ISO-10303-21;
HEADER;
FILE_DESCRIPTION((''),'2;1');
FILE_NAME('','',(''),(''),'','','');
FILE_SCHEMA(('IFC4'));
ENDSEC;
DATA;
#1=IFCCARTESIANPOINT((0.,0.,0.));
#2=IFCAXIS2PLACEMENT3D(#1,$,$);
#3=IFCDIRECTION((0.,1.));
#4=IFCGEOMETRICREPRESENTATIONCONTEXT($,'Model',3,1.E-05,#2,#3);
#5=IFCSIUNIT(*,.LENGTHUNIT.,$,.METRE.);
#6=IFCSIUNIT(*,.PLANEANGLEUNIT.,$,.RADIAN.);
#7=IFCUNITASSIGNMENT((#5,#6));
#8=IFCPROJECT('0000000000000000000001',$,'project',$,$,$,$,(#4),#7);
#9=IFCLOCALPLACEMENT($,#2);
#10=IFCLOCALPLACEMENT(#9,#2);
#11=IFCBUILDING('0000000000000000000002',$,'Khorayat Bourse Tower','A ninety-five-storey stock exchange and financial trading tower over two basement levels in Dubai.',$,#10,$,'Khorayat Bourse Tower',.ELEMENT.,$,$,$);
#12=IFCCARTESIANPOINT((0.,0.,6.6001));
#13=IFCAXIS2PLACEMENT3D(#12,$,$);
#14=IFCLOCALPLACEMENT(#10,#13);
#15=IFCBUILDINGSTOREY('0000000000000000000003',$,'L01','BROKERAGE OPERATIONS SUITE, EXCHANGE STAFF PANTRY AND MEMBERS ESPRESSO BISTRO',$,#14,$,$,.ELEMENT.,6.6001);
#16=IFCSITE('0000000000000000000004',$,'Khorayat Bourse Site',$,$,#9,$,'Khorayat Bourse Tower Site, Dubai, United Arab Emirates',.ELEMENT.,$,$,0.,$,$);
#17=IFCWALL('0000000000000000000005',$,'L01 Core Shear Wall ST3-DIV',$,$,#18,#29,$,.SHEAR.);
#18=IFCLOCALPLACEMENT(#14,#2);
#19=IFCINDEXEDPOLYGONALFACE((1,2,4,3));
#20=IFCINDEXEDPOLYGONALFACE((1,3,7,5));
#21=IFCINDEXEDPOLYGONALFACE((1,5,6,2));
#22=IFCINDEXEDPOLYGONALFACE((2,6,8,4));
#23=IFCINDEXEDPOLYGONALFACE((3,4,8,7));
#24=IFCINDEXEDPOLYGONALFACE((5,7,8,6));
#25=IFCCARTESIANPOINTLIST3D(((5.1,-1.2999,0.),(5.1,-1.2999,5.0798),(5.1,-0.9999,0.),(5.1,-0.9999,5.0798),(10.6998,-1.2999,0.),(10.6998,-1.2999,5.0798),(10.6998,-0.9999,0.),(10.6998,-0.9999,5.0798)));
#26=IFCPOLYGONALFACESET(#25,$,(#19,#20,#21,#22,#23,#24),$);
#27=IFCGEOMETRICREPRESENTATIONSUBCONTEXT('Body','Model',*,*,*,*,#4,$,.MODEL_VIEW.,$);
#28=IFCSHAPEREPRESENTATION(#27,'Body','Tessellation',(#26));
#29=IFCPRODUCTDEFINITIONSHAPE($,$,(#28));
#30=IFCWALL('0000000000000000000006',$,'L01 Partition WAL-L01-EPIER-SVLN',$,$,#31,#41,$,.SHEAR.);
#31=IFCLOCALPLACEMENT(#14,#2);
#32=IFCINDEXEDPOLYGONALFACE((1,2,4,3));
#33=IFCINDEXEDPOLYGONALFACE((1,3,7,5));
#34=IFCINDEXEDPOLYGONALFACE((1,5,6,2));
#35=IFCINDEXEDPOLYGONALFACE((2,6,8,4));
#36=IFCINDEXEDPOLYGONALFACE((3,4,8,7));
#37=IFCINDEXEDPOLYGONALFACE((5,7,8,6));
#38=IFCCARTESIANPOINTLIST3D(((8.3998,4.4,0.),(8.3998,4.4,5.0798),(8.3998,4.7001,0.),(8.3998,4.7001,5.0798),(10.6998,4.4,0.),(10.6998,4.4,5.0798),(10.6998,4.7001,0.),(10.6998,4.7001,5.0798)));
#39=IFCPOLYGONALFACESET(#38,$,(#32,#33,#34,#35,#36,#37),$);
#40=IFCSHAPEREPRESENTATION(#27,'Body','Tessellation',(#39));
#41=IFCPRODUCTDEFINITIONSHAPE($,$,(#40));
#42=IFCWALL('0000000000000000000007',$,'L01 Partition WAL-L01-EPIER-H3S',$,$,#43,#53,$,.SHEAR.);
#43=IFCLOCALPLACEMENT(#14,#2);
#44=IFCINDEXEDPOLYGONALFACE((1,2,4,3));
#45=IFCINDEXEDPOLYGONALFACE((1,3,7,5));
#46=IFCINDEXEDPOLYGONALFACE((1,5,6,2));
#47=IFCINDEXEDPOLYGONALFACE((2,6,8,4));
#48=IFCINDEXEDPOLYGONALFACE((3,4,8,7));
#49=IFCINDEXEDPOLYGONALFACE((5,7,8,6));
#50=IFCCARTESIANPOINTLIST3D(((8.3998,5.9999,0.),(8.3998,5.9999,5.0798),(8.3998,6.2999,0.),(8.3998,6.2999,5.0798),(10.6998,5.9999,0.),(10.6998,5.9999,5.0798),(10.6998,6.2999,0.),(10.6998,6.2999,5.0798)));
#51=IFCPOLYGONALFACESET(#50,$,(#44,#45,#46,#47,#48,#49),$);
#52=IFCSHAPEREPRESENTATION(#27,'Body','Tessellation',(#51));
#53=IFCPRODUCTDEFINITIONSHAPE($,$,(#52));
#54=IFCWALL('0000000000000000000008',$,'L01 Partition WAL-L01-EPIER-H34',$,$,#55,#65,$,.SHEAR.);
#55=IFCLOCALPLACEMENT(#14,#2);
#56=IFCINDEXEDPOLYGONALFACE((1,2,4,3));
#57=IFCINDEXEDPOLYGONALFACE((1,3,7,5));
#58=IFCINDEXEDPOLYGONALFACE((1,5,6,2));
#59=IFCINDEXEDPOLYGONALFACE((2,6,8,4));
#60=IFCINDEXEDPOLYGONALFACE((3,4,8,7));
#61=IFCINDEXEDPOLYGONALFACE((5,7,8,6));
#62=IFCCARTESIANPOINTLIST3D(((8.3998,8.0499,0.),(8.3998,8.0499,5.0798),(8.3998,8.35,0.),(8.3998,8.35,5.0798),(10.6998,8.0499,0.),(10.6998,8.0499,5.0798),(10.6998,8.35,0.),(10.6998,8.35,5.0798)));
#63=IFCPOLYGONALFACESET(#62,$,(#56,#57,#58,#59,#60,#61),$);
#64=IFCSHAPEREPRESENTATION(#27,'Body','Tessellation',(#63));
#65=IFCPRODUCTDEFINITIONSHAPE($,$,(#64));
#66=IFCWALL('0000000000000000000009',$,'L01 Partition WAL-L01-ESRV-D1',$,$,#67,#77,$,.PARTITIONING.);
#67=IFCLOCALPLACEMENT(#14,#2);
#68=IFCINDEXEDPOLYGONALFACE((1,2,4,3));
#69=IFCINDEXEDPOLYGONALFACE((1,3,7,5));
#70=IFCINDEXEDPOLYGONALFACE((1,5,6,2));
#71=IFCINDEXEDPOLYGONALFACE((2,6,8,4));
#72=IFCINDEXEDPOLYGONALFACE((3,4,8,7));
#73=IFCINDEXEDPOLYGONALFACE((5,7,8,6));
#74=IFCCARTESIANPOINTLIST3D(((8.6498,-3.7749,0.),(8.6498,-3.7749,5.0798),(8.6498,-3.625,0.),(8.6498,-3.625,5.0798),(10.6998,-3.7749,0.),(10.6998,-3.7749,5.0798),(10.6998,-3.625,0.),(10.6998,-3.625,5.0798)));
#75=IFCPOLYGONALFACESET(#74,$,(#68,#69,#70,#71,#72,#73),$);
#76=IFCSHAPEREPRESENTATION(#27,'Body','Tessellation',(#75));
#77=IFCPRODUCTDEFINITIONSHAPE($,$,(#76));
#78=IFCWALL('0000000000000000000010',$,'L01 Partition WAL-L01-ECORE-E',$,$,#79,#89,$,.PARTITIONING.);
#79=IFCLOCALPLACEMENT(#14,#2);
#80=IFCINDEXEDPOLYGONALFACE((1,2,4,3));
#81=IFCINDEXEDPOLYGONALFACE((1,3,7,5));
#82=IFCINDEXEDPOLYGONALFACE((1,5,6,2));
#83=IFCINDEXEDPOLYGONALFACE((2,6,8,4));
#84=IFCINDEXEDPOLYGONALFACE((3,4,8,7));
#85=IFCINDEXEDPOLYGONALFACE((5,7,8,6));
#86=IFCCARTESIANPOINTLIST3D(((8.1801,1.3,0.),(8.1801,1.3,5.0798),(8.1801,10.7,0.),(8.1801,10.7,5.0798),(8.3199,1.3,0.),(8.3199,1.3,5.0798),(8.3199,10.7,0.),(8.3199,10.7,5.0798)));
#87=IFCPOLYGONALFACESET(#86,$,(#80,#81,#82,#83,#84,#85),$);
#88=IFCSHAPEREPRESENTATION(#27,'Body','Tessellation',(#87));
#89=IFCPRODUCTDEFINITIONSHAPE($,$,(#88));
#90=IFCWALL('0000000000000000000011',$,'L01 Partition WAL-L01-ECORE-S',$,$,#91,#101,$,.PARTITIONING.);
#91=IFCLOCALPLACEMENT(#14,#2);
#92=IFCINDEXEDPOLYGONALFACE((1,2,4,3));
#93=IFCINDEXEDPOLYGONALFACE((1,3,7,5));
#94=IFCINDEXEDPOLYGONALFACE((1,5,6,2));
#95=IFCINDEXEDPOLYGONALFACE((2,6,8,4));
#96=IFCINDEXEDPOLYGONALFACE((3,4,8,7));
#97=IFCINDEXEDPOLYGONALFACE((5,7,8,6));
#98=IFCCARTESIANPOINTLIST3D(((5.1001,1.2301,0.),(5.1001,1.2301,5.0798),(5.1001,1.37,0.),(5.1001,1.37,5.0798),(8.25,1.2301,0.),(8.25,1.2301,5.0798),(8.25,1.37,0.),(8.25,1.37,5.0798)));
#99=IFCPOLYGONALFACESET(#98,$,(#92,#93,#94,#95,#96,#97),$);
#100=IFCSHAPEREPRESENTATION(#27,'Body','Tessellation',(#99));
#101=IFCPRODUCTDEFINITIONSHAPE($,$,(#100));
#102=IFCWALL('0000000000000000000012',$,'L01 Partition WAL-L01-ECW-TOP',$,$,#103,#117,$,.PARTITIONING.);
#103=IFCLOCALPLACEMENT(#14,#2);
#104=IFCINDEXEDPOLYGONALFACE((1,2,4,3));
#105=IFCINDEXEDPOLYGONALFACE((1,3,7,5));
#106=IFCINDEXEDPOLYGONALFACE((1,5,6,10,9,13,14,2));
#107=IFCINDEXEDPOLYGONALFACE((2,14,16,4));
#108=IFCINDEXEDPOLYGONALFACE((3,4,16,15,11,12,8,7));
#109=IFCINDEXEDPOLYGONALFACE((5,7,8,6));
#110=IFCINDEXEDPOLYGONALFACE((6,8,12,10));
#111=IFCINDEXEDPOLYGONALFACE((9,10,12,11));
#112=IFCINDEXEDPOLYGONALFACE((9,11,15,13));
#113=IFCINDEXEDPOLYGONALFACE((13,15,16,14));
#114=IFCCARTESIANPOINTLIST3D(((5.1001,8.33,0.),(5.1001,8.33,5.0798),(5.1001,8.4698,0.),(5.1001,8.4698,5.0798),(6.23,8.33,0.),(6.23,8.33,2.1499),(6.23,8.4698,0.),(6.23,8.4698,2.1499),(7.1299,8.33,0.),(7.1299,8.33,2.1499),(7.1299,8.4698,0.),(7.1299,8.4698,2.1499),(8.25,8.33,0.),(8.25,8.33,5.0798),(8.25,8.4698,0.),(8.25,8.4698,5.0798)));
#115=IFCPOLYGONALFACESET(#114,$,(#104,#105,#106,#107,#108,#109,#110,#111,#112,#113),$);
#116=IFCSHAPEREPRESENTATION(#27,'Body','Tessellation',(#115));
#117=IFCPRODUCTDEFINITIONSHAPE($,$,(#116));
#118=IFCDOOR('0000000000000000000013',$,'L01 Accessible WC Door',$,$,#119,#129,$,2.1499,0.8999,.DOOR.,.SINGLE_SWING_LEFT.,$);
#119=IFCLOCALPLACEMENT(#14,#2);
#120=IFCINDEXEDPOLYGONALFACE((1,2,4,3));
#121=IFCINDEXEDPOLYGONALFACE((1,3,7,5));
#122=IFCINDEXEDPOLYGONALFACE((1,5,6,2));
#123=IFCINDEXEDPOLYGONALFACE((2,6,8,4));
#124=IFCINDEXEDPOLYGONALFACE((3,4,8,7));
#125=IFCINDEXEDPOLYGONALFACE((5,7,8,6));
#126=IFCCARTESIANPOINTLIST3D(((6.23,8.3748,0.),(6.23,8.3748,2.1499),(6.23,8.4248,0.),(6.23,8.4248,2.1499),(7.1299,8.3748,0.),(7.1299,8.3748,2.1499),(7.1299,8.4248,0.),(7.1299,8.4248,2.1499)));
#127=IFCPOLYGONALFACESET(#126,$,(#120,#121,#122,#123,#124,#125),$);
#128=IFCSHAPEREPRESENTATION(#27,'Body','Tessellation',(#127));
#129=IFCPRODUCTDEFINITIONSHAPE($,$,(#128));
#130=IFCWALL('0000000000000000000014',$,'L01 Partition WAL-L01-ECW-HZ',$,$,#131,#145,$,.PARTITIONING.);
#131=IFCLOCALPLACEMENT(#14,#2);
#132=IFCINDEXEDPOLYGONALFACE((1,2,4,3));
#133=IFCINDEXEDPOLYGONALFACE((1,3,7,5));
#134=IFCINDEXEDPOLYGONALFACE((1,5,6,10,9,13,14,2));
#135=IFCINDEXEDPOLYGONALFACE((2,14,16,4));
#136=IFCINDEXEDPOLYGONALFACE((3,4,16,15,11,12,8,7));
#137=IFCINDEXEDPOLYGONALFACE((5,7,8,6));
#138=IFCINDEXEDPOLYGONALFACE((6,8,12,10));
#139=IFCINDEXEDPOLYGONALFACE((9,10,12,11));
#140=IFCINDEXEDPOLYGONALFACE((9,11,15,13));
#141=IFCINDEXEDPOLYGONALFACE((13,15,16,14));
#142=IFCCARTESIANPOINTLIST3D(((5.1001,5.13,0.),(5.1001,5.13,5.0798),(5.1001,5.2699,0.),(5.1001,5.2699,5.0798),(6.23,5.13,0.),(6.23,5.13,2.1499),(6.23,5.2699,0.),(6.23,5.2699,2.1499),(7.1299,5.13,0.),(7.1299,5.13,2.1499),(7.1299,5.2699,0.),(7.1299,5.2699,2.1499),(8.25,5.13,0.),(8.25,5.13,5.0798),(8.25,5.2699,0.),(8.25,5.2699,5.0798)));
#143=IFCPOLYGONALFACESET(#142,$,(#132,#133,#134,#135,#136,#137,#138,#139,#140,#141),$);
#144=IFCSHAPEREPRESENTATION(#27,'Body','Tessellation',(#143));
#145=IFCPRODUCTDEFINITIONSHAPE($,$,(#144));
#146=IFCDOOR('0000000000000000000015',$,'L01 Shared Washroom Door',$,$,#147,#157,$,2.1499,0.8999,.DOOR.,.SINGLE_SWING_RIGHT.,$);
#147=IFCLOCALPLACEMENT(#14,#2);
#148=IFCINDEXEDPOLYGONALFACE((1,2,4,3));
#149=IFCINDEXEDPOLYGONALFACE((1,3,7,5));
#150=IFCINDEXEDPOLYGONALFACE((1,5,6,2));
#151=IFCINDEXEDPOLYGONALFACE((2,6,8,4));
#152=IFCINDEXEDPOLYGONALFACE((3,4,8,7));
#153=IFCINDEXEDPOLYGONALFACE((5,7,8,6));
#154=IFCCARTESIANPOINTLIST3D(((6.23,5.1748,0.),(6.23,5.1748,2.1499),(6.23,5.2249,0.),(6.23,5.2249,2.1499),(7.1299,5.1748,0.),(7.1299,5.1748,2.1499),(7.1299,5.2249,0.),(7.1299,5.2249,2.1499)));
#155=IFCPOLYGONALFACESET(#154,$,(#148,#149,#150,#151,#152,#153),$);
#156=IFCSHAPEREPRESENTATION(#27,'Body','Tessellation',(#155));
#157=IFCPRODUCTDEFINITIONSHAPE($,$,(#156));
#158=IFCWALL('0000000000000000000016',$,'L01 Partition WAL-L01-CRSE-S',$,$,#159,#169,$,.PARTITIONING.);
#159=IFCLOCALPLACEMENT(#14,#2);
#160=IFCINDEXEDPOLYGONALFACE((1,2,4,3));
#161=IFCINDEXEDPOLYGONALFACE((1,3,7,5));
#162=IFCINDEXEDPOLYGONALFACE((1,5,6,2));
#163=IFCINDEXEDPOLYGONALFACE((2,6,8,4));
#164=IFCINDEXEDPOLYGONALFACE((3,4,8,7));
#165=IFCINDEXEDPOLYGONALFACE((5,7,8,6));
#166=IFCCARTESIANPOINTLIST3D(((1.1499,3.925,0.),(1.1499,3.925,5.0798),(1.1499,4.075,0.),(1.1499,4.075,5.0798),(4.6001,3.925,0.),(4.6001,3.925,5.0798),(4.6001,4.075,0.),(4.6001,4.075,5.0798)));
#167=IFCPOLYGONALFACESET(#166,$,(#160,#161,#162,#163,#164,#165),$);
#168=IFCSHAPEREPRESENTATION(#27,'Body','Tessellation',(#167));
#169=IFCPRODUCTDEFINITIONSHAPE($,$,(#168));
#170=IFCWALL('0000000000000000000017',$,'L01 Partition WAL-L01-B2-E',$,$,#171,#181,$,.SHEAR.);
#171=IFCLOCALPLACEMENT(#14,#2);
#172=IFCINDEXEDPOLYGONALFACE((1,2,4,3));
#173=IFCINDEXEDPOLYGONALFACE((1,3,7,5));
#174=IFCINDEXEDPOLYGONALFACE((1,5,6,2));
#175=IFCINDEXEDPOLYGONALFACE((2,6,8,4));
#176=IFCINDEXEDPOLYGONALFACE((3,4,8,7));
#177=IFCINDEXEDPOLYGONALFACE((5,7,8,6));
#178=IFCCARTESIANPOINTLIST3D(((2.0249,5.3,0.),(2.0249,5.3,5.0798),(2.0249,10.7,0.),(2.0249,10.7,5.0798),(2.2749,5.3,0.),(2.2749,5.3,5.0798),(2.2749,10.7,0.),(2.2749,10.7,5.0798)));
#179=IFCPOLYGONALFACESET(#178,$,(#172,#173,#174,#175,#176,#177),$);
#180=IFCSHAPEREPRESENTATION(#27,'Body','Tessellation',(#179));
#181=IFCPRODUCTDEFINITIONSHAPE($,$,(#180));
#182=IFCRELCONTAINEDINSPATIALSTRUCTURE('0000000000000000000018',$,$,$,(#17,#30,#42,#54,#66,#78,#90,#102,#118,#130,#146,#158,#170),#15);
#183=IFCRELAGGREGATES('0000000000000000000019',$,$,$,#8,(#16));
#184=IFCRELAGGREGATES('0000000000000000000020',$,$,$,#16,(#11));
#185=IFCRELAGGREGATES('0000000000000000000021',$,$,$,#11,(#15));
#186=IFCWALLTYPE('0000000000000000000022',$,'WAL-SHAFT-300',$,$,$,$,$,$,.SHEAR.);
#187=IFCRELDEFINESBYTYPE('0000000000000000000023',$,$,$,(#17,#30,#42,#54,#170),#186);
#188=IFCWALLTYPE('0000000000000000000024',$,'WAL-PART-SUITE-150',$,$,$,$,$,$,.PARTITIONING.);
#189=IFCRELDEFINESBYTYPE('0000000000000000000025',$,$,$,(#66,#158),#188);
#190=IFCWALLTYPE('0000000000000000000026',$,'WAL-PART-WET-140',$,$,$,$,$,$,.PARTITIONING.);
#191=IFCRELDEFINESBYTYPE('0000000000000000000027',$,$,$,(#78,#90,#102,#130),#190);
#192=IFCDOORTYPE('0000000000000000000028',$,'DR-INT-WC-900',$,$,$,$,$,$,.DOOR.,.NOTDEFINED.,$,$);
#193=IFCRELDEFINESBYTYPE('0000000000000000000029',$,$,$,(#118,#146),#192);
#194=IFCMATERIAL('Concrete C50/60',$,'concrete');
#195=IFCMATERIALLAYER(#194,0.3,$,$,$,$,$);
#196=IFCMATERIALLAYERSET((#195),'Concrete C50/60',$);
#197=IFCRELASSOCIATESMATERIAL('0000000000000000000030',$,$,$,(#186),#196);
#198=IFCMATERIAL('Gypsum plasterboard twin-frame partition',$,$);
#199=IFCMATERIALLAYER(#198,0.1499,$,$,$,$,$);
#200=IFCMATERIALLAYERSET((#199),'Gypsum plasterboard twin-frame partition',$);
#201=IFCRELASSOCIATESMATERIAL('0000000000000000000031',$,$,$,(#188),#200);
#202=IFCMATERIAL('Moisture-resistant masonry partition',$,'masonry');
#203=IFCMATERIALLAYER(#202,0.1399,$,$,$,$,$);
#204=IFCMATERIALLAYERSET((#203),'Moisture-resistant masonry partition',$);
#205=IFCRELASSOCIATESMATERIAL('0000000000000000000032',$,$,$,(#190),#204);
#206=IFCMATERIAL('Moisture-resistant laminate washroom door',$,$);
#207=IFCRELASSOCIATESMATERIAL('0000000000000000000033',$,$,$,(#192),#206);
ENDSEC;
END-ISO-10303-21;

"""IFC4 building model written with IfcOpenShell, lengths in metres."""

from ifc_helpers import new_model, si_unit, direction, frame, frame_2d, origin, place, context, subcontext, project, spatial, rectangle, extrude, source, transform, mapped, material, layer, layer_set, type_object, element, fill, save


model = new_model("IFC4")

# Units and contexts
model_context = context("Model", 3, precision=1e-05, world=origin(), true_north=direction((0.0, 1.0)))
body_context = subcontext(model_context, "Body", "Model", "MODEL_VIEW")
ifc_project = project(units=[si_unit("LENGTHUNIT", "METRE"), si_unit("PLANEANGLEUNIT", "RADIAN")], contexts=[model_context])

# Site, building, storey
site_placement = place(None, origin())
site = spatial("IfcSite", under=ifc_project, at=site_placement, Name="Khorayat Bourse Site", LongName="Khorayat Bourse Tower Site, Dubai, United Arab Emirates", CompositionType="ELEMENT", RefElevation=0.0)
building_placement = place(site_placement, origin())
building = spatial("IfcBuilding", under=site, at=building_placement, Name="Khorayat Bourse Tower", Description="A ninety-five-storey stock exchange and financial trading tower over two basement levels in Dubai.", LongName="Khorayat Bourse Tower", CompositionType="ELEMENT")
storey_placement = place(building_placement, frame((0.0, 0.0, 6.6001)))
storey = spatial("IfcBuildingStorey", under=building, at=storey_placement, Name="L01", Description="BROKERAGE OPERATIONS SUITE, EXCHANGE STAFF PANTRY AND MEMBERS ESPRESSO BISTRO", CompositionType="ELEMENT", Elevation=6.6001)

# Walls
ifc_material_1 = material(Name="Concrete C50/60", Category="concrete")
ifc_layer_1 = layer(ifc_material_1, 0.3)
ifc_layer_set_1 = layer_set([ifc_layer_1], Name="Concrete C50/60")
wall_type_1 = type_object("IfcWallType", Name="WAL-SHAFT-300", PredefinedType="SHEAR", material=ifc_layer_set_1)
shared_shape_1 = source(origin(), body_context, "Body", "SweptSolid", [
    extrude(rectangle(XDim=5.5999, YDim=0.3, at=frame_2d((2.7998, 0.0))), origin(), (0.0, 0.0, 1.0), 5.0798),
])
wall_1_placement = place(storey_placement, frame((5.1001, -1.1499, 0.0), z_axis=(0.0, 0.0, 1.0), x_axis=(1.0, 0.0, 0.0)))
element("IfcWall", 1, at=wall_1_placement, inside=storey, type_object=wall_type_1, Name="L01 Core Shear Wall ST3-DIV", PredefinedType="SHEAR", context=body_context, shape_type="MappedRepresentation", body=[
    mapped(shared_shape_1, transform((0.0, 0.0, 0.0), scale=1.0)),
])
shared_shape_2 = source(origin(), body_context, "Body", "SweptSolid", [
    extrude(rectangle(XDim=2.3, YDim=0.3, at=frame_2d((1.1499, 0.0))), origin(), (0.0, 0.0, 1.0), 5.0798),
])
for number, where, z_axis, x_axis, name in (
    (2, (8.3999, 4.55, 0.0), (0.0, 0.0, 1.0), (1.0, 0.0, 0.0), "L01 Partition WAL-L01-EPIER-SVLN"),
    (3, (8.3999, 6.1499, 0.0), (0.0, 0.0, 1.0), (1.0, 0.0, 0.0), "L01 Partition WAL-L01-EPIER-H3S"),
    (4, (8.3999, 8.2, 0.0), (0.0, 0.0, 1.0), (1.0, 0.0, 0.0), "L01 Partition WAL-L01-EPIER-H34"),
):
    element("IfcWall", number, at=place(storey_placement, frame(where, z_axis=z_axis, x_axis=x_axis)), inside=storey, type_object=wall_type_1, Name=name, PredefinedType="SHEAR", context=body_context, shape_type="MappedRepresentation", body=[
        mapped(shared_shape_2, transform((0.0, 0.0, 0.0), scale=1.0)),
    ])
ifc_material_2 = material(Name="Gypsum plasterboard twin-frame partition")
ifc_layer_2 = layer(ifc_material_2, 0.1499)
ifc_layer_set_2 = layer_set([ifc_layer_2], Name="Gypsum plasterboard twin-frame partition")
wall_type_2 = type_object("IfcWallType", Name="WAL-PART-SUITE-150", PredefinedType="PARTITIONING", material=ifc_layer_set_2)
shared_shape_3 = source(origin(), body_context, "Body", "SweptSolid", [
    extrude(rectangle(XDim=2.05, YDim=0.1499, at=frame_2d((1.0249, 0.0))), origin(), (0.0, 0.0, 1.0), 5.0798),
])
wall_2_placement = place(storey_placement, frame((8.6499, -3.7, 0.0), z_axis=(0.0, 0.0, 1.0), x_axis=(1.0, 0.0, 0.0)))
element("IfcWall", 5, at=wall_2_placement, inside=storey, type_object=wall_type_2, Name="L01 Partition WAL-L01-ESRV-D1", PredefinedType="PARTITIONING", context=body_context, shape_type="MappedRepresentation", body=[
    mapped(shared_shape_3, transform((0.0, 0.0, 0.0), scale=1.0)),
])
ifc_material_3 = material(Name="Moisture-resistant masonry partition", Category="masonry")
ifc_layer_3 = layer(ifc_material_3, 0.1399)
ifc_layer_set_3 = layer_set([ifc_layer_3], Name="Moisture-resistant masonry partition")
wall_type_3 = type_object("IfcWallType", Name="WAL-PART-WET-140", PredefinedType="PARTITIONING", material=ifc_layer_set_3)
shared_shape_4 = source(origin(), body_context, "Body", "SweptSolid", [
    extrude(rectangle(XDim=9.3999, YDim=0.1399, at=frame_2d((4.7, 0.0))), origin(), (0.0, 0.0, 1.0), 5.0798),
])
wall_3_placement = place(storey_placement, frame((8.25, 1.3, 0.0), z_axis=(0.0, 0.0, 1.0), x_axis=(0.0, 1.0, 0.0)))
element("IfcWall", 6, at=wall_3_placement, inside=storey, type_object=wall_type_3, Name="L01 Partition WAL-L01-ECORE-E", PredefinedType="PARTITIONING", context=body_context, shape_type="MappedRepresentation", body=[
    mapped(shared_shape_4, transform((0.0, 0.0, 0.0), scale=1.0)),
])
shared_shape_5 = source(origin(), body_context, "Body", "SweptSolid", [
    extrude(rectangle(XDim=3.1499, YDim=0.1399, at=frame_2d((1.575, 0.0))), origin(), (0.0, 0.0, 1.0), 5.0798),
])
wall_4_placement = place(storey_placement, frame((5.1001, 1.3, 0.0), z_axis=(0.0, 0.0, 1.0), x_axis=(1.0, 0.0, 0.0)))
element("IfcWall", 7, at=wall_4_placement, inside=storey, type_object=wall_type_3, Name="L01 Partition WAL-L01-ECORE-S", PredefinedType="PARTITIONING", context=body_context, shape_type="MappedRepresentation", body=[
    mapped(shared_shape_5, transform((0.0, 0.0, 0.0), scale=1.0)),
])

# Walls, openings, doors
wall_5_placement = place(storey_placement, frame((5.1001, 8.3999, 0.0), z_axis=(0.0, 0.0, 1.0), x_axis=(1.0, 0.0, 0.0)))
wall_5 = element("IfcWall", 8, at=wall_5_placement, inside=storey, type_object=wall_type_3, Name="L01 Partition WAL-L01-ECW-TOP", PredefinedType="PARTITIONING", context=body_context, shape_type="MappedRepresentation", body=[
    mapped(shared_shape_5, transform((0.0, 0.0, 0.0), scale=1.0)),
])
shared_shape_6 = source(origin(), body_context, "Body", "SweptSolid", [
    extrude(rectangle(XDim=0.8999, YDim=2.1499, at=frame_2d((0.45, 1.075))), frame((0.0, 0.0798, 0.0), z_axis=(0.0, -1.0, 0.0), x_axis=(1.0, 0.0, 0.0)), (0.0, 0.0, 1.0), 0.1599),
])
opening_1_placement = place(wall_5_placement, frame((1.1299, 0.0, 0.0)))
opening_1 = element("IfcOpeningElement", 9, at=opening_1_placement, cuts=wall_5, PredefinedType="OPENING", context=body_context, shape_type="MappedRepresentation", body=[
    mapped(shared_shape_6, transform((0.0, 0.0, 0.0), scale=1.0)),
])
ifc_material_4 = material(Name="Moisture-resistant laminate washroom door")
door_type = type_object("IfcDoorType", Name="DR-INT-WC-900", OperationType="NOTDEFINED", PredefinedType="DOOR", material=ifc_material_4)
shared_shape_7 = source(origin(), body_context, "Body", "SweptSolid", [
    extrude(rectangle(XDim=0.8999, YDim=2.1499, at=frame_2d((0.45, 1.075))), frame((0.0, 0.0249, 0.0), z_axis=(0.0, -1.0, 0.0), x_axis=(1.0, 0.0, 0.0)), (0.0, 0.0, 1.0), 0.05),
])
door_1_placement = place(opening_1_placement, origin())
door_1 = element("IfcDoor", 10, at=door_1_placement, inside=storey, type_object=door_type, Name="L01 Accessible WC Door", OperationType="SINGLE_SWING_LEFT", OverallHeight=2.1499, OverallWidth=0.8999, PredefinedType="DOOR", context=body_context, shape_type="MappedRepresentation", body=[
    mapped(shared_shape_7, transform((0.0, 0.0, 0.0), scale=1.0)),
])
fill(opening_1, door_1)
wall_6_placement = place(storey_placement, frame((5.1001, 5.2, 0.0), z_axis=(0.0, 0.0, 1.0), x_axis=(1.0, 0.0, 0.0)))
wall_6 = element("IfcWall", 11, at=wall_6_placement, inside=storey, type_object=wall_type_3, Name="L01 Partition WAL-L01-ECW-HZ", PredefinedType="PARTITIONING", context=body_context, shape_type="MappedRepresentation", body=[
    mapped(shared_shape_5, transform((0.0, 0.0, 0.0), scale=1.0)),
])
opening_2_placement = place(wall_6_placement, frame((1.1299, 0.0, 0.0)))
opening_2 = element("IfcOpeningElement", 12, at=opening_2_placement, cuts=wall_6, PredefinedType="OPENING", context=body_context, shape_type="MappedRepresentation", body=[
    mapped(shared_shape_6, transform((0.0, 0.0, 0.0), scale=1.0)),
])
door_2_placement = place(opening_2_placement, origin())
door_2 = element("IfcDoor", 13, at=door_2_placement, inside=storey, type_object=door_type, Name="L01 Shared Washroom Door", OperationType="SINGLE_SWING_RIGHT", OverallHeight=2.1499, OverallWidth=0.8999, PredefinedType="DOOR", context=body_context, shape_type="MappedRepresentation", body=[
    mapped(shared_shape_7, transform((0.0, 0.0, 0.0), scale=1.0)),
])
fill(opening_2, door_2)

# Walls
shared_shape_8 = source(origin(), body_context, "Body", "SweptSolid", [
    extrude(rectangle(XDim=3.4502, YDim=0.1499, at=frame_2d((1.7251, 0.0))), origin(), (0.0, 0.0, 1.0), 5.0798),
])
wall_7_placement = place(storey_placement, frame((1.1499, 4.0, 0.0), z_axis=(0.0, 0.0, 1.0), x_axis=(1.0, 0.0, 0.0)))
element("IfcWall", 14, at=wall_7_placement, inside=storey, type_object=wall_type_2, Name="L01 Partition WAL-L01-CRSE-S", PredefinedType="PARTITIONING", context=body_context, shape_type="MappedRepresentation", body=[
    mapped(shared_shape_8, transform((0.0, 0.0, 0.0), scale=1.0)),
])
shared_shape_9 = source(origin(), body_context, "Body", "SweptSolid", [
    extrude(rectangle(XDim=5.3999, YDim=0.25, at=frame_2d((2.7, 0.0))), origin(), (0.0, 0.0, 1.0), 5.0798),
])
wall_8_placement = place(storey_placement, frame((2.1499, 5.3, 0.0), z_axis=(0.0, 0.0, 1.0), x_axis=(0.0, 1.0, 0.0)))
element("IfcWall", 15, at=wall_8_placement, inside=storey, type_object=wall_type_1, Name="L01 Partition WAL-L01-B2-E", PredefinedType="SHEAR", context=body_context, shape_type="MappedRepresentation", body=[
    mapped(shared_shape_9, transform((0.0, 0.0, 0.0), scale=1.0)),
])

save(model, "model.ifc")
